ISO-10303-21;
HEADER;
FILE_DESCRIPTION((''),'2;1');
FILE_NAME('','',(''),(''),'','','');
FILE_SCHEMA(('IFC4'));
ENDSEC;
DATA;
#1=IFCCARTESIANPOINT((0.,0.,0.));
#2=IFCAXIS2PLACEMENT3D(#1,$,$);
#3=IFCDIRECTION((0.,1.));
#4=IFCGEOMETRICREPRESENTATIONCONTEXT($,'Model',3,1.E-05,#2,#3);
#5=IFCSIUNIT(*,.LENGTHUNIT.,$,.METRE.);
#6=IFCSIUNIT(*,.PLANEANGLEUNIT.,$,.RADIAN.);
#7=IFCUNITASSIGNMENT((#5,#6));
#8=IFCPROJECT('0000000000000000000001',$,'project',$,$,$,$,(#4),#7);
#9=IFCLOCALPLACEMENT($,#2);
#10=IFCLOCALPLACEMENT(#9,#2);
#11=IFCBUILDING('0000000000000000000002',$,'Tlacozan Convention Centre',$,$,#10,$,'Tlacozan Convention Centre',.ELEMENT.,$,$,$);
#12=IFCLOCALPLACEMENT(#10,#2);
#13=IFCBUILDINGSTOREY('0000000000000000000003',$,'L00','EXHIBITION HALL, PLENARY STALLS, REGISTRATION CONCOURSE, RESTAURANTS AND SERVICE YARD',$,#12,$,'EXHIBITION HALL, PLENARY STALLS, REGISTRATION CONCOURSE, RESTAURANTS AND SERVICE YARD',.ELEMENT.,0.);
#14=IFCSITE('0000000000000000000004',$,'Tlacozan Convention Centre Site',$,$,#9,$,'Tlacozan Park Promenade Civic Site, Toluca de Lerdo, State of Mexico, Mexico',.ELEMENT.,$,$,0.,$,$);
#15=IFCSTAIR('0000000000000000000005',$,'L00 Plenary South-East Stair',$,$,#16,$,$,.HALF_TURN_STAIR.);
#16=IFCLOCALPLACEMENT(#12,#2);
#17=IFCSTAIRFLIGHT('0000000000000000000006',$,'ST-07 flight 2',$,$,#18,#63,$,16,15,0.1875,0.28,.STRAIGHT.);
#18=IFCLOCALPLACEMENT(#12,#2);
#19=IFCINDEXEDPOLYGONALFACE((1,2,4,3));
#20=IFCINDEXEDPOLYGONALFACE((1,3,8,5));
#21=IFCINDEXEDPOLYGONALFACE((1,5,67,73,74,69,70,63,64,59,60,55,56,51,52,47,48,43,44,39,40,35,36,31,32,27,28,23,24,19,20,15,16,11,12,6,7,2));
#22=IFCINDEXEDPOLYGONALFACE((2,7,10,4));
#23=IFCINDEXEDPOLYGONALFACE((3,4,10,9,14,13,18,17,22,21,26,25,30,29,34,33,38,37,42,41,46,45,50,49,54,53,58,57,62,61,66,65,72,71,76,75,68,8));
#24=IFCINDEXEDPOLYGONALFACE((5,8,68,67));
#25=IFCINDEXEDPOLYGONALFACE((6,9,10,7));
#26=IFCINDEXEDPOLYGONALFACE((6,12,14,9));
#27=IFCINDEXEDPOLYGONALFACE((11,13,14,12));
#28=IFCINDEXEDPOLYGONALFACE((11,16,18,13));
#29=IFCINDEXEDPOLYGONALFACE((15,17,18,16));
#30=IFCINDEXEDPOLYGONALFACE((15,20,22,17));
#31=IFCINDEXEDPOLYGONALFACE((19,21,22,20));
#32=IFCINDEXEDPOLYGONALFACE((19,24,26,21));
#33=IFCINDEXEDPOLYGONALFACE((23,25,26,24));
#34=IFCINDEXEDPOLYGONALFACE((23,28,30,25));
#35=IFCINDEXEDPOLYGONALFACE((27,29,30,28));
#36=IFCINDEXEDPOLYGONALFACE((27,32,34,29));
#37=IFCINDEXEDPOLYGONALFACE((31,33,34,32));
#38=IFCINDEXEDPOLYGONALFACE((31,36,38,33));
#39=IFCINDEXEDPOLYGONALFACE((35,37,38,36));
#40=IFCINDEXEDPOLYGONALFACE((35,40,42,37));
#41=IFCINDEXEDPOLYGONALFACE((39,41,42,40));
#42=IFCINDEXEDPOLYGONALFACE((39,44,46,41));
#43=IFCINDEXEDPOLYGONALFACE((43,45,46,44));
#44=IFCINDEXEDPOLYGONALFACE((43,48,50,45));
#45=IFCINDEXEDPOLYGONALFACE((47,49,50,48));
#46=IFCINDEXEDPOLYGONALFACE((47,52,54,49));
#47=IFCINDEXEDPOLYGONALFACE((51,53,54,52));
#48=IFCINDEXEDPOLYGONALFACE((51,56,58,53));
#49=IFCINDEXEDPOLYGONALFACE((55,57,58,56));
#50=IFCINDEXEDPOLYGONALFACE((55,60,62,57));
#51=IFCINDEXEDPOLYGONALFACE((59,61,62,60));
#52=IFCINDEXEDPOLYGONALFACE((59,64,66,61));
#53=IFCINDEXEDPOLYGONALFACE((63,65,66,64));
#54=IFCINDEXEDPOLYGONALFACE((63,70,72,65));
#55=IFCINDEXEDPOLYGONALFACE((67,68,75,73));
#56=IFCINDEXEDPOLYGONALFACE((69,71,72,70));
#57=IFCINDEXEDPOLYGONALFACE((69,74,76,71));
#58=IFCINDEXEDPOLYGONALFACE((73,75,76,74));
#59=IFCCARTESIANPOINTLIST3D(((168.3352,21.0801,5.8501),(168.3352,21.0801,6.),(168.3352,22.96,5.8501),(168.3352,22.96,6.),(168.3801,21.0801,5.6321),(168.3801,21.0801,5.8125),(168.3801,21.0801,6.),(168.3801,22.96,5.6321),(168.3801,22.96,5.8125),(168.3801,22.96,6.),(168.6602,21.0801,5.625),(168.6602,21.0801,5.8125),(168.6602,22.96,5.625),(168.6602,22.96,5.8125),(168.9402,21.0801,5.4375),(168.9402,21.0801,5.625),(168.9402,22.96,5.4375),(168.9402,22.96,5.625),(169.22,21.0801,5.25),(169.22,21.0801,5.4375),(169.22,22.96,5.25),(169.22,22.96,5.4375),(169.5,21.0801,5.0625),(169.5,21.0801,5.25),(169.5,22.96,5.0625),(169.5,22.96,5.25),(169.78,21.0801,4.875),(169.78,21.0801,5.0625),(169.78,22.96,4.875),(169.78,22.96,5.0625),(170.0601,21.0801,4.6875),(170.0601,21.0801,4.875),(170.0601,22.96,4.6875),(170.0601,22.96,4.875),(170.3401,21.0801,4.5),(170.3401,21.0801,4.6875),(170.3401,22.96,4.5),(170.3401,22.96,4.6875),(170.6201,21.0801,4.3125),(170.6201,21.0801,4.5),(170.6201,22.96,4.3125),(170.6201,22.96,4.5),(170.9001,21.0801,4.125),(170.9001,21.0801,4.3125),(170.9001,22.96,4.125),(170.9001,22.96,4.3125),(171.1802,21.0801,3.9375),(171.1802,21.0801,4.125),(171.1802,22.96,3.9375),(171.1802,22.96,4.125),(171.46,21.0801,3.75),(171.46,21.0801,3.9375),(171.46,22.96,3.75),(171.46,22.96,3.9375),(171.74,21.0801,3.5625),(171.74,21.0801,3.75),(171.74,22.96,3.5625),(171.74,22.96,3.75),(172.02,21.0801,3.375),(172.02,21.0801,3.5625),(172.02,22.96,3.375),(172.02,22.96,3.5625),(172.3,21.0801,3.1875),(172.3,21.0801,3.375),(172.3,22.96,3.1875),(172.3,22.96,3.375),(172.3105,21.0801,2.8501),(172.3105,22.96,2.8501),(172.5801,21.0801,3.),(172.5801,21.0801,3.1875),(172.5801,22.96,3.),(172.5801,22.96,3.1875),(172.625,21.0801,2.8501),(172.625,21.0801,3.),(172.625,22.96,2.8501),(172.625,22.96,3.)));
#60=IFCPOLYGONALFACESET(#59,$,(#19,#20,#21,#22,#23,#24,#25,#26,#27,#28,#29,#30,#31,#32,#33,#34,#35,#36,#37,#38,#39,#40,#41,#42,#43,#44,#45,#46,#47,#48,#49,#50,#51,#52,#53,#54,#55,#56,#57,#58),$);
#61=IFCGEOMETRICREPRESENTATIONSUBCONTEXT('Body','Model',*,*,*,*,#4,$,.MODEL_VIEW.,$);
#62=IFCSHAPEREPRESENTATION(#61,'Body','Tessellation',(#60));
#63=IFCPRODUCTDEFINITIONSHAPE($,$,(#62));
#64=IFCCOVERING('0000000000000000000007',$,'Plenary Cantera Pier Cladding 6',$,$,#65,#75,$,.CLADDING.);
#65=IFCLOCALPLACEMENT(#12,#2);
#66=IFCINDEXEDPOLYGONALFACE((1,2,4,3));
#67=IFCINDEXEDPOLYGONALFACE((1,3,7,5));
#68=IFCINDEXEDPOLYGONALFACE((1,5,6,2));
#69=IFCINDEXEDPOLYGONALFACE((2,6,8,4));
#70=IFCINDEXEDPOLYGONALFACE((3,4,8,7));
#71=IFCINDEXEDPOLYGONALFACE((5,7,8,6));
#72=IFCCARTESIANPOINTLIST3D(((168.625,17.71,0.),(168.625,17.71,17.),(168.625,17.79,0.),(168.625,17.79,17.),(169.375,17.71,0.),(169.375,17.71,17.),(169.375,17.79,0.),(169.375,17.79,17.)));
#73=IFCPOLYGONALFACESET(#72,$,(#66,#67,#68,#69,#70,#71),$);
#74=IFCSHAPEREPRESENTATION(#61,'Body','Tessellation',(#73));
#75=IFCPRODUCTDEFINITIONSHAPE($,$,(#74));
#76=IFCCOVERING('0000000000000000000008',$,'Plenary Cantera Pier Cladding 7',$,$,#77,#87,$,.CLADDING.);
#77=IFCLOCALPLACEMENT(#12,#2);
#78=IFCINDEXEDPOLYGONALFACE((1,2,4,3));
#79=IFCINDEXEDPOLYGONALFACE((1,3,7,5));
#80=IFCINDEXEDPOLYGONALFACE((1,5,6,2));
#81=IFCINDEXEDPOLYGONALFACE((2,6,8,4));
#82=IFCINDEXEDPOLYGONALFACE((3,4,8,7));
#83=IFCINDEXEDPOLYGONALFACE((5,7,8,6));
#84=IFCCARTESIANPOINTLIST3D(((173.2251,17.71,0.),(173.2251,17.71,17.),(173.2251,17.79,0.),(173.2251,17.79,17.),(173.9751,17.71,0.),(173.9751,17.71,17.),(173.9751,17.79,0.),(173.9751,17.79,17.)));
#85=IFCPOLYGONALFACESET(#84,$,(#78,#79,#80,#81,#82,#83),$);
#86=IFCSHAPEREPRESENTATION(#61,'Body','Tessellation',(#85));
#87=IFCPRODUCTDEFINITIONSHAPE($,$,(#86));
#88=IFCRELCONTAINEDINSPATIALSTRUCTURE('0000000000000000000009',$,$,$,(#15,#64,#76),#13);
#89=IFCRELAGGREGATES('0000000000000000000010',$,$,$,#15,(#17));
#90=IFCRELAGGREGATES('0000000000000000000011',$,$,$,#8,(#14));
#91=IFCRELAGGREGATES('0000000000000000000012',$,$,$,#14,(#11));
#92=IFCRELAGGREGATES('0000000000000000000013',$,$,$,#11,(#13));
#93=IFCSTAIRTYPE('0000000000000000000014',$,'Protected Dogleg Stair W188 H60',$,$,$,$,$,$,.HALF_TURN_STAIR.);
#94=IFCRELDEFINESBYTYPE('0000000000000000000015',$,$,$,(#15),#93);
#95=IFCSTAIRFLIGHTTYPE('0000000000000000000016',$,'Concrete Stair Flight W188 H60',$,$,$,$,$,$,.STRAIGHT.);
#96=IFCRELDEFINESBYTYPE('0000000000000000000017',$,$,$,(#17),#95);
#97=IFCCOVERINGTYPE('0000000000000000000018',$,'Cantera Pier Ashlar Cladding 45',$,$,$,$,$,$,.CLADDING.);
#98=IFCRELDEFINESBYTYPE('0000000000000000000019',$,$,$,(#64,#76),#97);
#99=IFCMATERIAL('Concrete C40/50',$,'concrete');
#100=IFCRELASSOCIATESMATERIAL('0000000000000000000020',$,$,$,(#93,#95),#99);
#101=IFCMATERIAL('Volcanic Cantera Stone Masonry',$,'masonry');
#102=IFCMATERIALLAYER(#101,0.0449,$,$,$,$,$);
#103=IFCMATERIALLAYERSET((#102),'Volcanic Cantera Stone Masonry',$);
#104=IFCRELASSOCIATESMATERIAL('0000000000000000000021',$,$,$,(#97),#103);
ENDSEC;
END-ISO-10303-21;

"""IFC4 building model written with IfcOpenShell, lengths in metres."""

from ifc_helpers import new_model, si_unit, direction, frame, origin, origin_2d, place, context, subcontext, project, spatial, polyline, rectangle, outline, extrude, material, layer, layer_set, type_object, element, aggregate, save


model = new_model("IFC4")

# Units and contexts
model_context = context("Model", 3, precision=1e-05, world=origin(), true_north=direction((0.0, 1.0)))
body_context = subcontext(model_context, "Body", "Model", "MODEL_VIEW")
ifc_project = project(units=[si_unit("LENGTHUNIT", "METRE"), si_unit("PLANEANGLEUNIT", "RADIAN")], contexts=[model_context])

# Site, building, storey
site_placement = place(None, origin())
site = spatial("IfcSite", under=ifc_project, at=site_placement, Name="Tlacozan Convention Centre Site", LongName="Tlacozan Park Promenade Civic Site, Toluca de Lerdo, State of Mexico, Mexico", CompositionType="ELEMENT", RefElevation=0.0)
building_placement = place(site_placement, origin())
building = spatial("IfcBuilding", under=site, at=building_placement, Name="Tlacozan Convention Centre", LongName="Tlacozan Convention Centre", CompositionType="ELEMENT")
storey_placement = place(building_placement, origin())
storey = spatial("IfcBuildingStorey", under=building, at=storey_placement, Name="L00", Description="EXHIBITION HALL, PLENARY STALLS, REGISTRATION CONCOURSE, RESTAURANTS AND SERVICE YARD", LongName="EXHIBITION HALL, PLENARY STALLS, REGISTRATION CONCOURSE, RESTAURANTS AND SERVICE YARD", CompositionType="ELEMENT", Elevation=0.0)

# Shared definitions
ifc_material_1 = material(Name="Concrete C40/50", Category="concrete")

# Stair, stair flight
stair_type = type_object("IfcStairType", Name="Protected Dogleg Stair W188 H60", PredefinedType="HALF_TURN_STAIR", material=ifc_material_1)
stair_placement = place(storey_placement, origin())
stair = element("IfcStair", 1, at=stair_placement, inside=storey, type_object=stair_type, Name="L00 Plenary South-East Stair", PredefinedType="HALF_TURN_STAIR")
stair_flight_type = type_object("IfcStairFlightType", Name="Concrete Stair Flight W188 H60", PredefinedType="STRAIGHT", material=ifc_material_1)
stair_flight_1_placement = place(storey_placement, frame((172.5801, 22.02, 3.0), z_axis=(0.0, 0.0, 1.0), x_axis=(-1.0, 0.0, 0.0)))
stair_flight_1 = element("IfcStairFlight", 2, at=stair_flight_1_placement, type_object=stair_flight_type, Name="ST-07 flight 2", NumberOfRisers=16, NumberOfTreads=15, PredefinedType="STRAIGHT", RiserHeight=0.1875, TreadLength=0.28, context=body_context, shape_type="SweptSolid", body=[
    extrude(outline(polyline([(-0.0449, -0.1499), (-0.0449, 0.0), (0.0, 0.0), (0.0, 0.1875), (0.28, 0.1875), (0.28, 0.375), (0.5601, 0.375), (0.5601, 0.5625), (0.8401, 0.5625), (0.8401, 0.75), (1.1201, 0.75), (1.1201, 0.9375), (1.3999, 0.9375), (1.3999, 1.125), (1.6799, 1.125), (1.6799, 1.3125), (1.96, 1.3125), (1.96, 1.5), (2.24, 1.5), (2.24, 1.6875), (2.52, 1.6875), (2.52, 1.875), (2.8, 1.875), (2.8, 2.0625), (3.0801, 2.0625), (3.0801, 2.25), (3.3601, 2.25), (3.3601, 2.4375), (3.6399, 2.4375), (3.6399, 2.625), (3.9199, 2.625), (3.9199, 2.8125), (4.2, 2.8125), (4.2, 3.0), (4.2449, 3.0), (4.2449, 2.8501), (4.2, 2.6321), (0.2695, -0.1499), (-0.0449, -0.1499)])), frame((0.0, 0.9399, 0.0), z_axis=(0.0, -1.0, 0.0), x_axis=(1.0, 0.0, 0.0)), (0.0, 0.0, 1.0), 1.8799),
])
aggregate(stair, [stair_flight_1])

# Coverings
ifc_material_2 = material(Name="Volcanic Cantera Stone Masonry", Category="masonry")
ifc_layer_1 = layer(ifc_material_2, 0.0449)
ifc_layer_set_1 = layer_set([ifc_layer_1], Name="Volcanic Cantera Stone Masonry")
covering_type = type_object("IfcCoveringType", Name="Cantera Pier Ashlar Cladding 45", PredefinedType="CLADDING", material=ifc_layer_set_1)
for number, where, z_axis, x_axis, name in (
    (3, (169.0, 17.75, 0.0), (0.0, 0.0, 1.0), (1.0, 0.0, 0.0), "Plenary Cantera Pier Cladding 6"),
    (4, (173.6001, 17.75, 0.0), (0.0, 0.0, 1.0), (1.0, 0.0, 0.0), "Plenary Cantera Pier Cladding 7"),
):
    element("IfcCovering", number, at=place(storey_placement, frame(where, z_axis=z_axis, x_axis=x_axis)), inside=storey, type_object=covering_type, Name=name, PredefinedType="CLADDING", context=body_context, shape_type="SweptSolid", body=[
        extrude(rectangle(XDim=0.75, YDim=0.0801, at=origin_2d()), origin(), (0.0, 0.0, 1.0), 17.0),
    ])

save(model, "model.ifc")
